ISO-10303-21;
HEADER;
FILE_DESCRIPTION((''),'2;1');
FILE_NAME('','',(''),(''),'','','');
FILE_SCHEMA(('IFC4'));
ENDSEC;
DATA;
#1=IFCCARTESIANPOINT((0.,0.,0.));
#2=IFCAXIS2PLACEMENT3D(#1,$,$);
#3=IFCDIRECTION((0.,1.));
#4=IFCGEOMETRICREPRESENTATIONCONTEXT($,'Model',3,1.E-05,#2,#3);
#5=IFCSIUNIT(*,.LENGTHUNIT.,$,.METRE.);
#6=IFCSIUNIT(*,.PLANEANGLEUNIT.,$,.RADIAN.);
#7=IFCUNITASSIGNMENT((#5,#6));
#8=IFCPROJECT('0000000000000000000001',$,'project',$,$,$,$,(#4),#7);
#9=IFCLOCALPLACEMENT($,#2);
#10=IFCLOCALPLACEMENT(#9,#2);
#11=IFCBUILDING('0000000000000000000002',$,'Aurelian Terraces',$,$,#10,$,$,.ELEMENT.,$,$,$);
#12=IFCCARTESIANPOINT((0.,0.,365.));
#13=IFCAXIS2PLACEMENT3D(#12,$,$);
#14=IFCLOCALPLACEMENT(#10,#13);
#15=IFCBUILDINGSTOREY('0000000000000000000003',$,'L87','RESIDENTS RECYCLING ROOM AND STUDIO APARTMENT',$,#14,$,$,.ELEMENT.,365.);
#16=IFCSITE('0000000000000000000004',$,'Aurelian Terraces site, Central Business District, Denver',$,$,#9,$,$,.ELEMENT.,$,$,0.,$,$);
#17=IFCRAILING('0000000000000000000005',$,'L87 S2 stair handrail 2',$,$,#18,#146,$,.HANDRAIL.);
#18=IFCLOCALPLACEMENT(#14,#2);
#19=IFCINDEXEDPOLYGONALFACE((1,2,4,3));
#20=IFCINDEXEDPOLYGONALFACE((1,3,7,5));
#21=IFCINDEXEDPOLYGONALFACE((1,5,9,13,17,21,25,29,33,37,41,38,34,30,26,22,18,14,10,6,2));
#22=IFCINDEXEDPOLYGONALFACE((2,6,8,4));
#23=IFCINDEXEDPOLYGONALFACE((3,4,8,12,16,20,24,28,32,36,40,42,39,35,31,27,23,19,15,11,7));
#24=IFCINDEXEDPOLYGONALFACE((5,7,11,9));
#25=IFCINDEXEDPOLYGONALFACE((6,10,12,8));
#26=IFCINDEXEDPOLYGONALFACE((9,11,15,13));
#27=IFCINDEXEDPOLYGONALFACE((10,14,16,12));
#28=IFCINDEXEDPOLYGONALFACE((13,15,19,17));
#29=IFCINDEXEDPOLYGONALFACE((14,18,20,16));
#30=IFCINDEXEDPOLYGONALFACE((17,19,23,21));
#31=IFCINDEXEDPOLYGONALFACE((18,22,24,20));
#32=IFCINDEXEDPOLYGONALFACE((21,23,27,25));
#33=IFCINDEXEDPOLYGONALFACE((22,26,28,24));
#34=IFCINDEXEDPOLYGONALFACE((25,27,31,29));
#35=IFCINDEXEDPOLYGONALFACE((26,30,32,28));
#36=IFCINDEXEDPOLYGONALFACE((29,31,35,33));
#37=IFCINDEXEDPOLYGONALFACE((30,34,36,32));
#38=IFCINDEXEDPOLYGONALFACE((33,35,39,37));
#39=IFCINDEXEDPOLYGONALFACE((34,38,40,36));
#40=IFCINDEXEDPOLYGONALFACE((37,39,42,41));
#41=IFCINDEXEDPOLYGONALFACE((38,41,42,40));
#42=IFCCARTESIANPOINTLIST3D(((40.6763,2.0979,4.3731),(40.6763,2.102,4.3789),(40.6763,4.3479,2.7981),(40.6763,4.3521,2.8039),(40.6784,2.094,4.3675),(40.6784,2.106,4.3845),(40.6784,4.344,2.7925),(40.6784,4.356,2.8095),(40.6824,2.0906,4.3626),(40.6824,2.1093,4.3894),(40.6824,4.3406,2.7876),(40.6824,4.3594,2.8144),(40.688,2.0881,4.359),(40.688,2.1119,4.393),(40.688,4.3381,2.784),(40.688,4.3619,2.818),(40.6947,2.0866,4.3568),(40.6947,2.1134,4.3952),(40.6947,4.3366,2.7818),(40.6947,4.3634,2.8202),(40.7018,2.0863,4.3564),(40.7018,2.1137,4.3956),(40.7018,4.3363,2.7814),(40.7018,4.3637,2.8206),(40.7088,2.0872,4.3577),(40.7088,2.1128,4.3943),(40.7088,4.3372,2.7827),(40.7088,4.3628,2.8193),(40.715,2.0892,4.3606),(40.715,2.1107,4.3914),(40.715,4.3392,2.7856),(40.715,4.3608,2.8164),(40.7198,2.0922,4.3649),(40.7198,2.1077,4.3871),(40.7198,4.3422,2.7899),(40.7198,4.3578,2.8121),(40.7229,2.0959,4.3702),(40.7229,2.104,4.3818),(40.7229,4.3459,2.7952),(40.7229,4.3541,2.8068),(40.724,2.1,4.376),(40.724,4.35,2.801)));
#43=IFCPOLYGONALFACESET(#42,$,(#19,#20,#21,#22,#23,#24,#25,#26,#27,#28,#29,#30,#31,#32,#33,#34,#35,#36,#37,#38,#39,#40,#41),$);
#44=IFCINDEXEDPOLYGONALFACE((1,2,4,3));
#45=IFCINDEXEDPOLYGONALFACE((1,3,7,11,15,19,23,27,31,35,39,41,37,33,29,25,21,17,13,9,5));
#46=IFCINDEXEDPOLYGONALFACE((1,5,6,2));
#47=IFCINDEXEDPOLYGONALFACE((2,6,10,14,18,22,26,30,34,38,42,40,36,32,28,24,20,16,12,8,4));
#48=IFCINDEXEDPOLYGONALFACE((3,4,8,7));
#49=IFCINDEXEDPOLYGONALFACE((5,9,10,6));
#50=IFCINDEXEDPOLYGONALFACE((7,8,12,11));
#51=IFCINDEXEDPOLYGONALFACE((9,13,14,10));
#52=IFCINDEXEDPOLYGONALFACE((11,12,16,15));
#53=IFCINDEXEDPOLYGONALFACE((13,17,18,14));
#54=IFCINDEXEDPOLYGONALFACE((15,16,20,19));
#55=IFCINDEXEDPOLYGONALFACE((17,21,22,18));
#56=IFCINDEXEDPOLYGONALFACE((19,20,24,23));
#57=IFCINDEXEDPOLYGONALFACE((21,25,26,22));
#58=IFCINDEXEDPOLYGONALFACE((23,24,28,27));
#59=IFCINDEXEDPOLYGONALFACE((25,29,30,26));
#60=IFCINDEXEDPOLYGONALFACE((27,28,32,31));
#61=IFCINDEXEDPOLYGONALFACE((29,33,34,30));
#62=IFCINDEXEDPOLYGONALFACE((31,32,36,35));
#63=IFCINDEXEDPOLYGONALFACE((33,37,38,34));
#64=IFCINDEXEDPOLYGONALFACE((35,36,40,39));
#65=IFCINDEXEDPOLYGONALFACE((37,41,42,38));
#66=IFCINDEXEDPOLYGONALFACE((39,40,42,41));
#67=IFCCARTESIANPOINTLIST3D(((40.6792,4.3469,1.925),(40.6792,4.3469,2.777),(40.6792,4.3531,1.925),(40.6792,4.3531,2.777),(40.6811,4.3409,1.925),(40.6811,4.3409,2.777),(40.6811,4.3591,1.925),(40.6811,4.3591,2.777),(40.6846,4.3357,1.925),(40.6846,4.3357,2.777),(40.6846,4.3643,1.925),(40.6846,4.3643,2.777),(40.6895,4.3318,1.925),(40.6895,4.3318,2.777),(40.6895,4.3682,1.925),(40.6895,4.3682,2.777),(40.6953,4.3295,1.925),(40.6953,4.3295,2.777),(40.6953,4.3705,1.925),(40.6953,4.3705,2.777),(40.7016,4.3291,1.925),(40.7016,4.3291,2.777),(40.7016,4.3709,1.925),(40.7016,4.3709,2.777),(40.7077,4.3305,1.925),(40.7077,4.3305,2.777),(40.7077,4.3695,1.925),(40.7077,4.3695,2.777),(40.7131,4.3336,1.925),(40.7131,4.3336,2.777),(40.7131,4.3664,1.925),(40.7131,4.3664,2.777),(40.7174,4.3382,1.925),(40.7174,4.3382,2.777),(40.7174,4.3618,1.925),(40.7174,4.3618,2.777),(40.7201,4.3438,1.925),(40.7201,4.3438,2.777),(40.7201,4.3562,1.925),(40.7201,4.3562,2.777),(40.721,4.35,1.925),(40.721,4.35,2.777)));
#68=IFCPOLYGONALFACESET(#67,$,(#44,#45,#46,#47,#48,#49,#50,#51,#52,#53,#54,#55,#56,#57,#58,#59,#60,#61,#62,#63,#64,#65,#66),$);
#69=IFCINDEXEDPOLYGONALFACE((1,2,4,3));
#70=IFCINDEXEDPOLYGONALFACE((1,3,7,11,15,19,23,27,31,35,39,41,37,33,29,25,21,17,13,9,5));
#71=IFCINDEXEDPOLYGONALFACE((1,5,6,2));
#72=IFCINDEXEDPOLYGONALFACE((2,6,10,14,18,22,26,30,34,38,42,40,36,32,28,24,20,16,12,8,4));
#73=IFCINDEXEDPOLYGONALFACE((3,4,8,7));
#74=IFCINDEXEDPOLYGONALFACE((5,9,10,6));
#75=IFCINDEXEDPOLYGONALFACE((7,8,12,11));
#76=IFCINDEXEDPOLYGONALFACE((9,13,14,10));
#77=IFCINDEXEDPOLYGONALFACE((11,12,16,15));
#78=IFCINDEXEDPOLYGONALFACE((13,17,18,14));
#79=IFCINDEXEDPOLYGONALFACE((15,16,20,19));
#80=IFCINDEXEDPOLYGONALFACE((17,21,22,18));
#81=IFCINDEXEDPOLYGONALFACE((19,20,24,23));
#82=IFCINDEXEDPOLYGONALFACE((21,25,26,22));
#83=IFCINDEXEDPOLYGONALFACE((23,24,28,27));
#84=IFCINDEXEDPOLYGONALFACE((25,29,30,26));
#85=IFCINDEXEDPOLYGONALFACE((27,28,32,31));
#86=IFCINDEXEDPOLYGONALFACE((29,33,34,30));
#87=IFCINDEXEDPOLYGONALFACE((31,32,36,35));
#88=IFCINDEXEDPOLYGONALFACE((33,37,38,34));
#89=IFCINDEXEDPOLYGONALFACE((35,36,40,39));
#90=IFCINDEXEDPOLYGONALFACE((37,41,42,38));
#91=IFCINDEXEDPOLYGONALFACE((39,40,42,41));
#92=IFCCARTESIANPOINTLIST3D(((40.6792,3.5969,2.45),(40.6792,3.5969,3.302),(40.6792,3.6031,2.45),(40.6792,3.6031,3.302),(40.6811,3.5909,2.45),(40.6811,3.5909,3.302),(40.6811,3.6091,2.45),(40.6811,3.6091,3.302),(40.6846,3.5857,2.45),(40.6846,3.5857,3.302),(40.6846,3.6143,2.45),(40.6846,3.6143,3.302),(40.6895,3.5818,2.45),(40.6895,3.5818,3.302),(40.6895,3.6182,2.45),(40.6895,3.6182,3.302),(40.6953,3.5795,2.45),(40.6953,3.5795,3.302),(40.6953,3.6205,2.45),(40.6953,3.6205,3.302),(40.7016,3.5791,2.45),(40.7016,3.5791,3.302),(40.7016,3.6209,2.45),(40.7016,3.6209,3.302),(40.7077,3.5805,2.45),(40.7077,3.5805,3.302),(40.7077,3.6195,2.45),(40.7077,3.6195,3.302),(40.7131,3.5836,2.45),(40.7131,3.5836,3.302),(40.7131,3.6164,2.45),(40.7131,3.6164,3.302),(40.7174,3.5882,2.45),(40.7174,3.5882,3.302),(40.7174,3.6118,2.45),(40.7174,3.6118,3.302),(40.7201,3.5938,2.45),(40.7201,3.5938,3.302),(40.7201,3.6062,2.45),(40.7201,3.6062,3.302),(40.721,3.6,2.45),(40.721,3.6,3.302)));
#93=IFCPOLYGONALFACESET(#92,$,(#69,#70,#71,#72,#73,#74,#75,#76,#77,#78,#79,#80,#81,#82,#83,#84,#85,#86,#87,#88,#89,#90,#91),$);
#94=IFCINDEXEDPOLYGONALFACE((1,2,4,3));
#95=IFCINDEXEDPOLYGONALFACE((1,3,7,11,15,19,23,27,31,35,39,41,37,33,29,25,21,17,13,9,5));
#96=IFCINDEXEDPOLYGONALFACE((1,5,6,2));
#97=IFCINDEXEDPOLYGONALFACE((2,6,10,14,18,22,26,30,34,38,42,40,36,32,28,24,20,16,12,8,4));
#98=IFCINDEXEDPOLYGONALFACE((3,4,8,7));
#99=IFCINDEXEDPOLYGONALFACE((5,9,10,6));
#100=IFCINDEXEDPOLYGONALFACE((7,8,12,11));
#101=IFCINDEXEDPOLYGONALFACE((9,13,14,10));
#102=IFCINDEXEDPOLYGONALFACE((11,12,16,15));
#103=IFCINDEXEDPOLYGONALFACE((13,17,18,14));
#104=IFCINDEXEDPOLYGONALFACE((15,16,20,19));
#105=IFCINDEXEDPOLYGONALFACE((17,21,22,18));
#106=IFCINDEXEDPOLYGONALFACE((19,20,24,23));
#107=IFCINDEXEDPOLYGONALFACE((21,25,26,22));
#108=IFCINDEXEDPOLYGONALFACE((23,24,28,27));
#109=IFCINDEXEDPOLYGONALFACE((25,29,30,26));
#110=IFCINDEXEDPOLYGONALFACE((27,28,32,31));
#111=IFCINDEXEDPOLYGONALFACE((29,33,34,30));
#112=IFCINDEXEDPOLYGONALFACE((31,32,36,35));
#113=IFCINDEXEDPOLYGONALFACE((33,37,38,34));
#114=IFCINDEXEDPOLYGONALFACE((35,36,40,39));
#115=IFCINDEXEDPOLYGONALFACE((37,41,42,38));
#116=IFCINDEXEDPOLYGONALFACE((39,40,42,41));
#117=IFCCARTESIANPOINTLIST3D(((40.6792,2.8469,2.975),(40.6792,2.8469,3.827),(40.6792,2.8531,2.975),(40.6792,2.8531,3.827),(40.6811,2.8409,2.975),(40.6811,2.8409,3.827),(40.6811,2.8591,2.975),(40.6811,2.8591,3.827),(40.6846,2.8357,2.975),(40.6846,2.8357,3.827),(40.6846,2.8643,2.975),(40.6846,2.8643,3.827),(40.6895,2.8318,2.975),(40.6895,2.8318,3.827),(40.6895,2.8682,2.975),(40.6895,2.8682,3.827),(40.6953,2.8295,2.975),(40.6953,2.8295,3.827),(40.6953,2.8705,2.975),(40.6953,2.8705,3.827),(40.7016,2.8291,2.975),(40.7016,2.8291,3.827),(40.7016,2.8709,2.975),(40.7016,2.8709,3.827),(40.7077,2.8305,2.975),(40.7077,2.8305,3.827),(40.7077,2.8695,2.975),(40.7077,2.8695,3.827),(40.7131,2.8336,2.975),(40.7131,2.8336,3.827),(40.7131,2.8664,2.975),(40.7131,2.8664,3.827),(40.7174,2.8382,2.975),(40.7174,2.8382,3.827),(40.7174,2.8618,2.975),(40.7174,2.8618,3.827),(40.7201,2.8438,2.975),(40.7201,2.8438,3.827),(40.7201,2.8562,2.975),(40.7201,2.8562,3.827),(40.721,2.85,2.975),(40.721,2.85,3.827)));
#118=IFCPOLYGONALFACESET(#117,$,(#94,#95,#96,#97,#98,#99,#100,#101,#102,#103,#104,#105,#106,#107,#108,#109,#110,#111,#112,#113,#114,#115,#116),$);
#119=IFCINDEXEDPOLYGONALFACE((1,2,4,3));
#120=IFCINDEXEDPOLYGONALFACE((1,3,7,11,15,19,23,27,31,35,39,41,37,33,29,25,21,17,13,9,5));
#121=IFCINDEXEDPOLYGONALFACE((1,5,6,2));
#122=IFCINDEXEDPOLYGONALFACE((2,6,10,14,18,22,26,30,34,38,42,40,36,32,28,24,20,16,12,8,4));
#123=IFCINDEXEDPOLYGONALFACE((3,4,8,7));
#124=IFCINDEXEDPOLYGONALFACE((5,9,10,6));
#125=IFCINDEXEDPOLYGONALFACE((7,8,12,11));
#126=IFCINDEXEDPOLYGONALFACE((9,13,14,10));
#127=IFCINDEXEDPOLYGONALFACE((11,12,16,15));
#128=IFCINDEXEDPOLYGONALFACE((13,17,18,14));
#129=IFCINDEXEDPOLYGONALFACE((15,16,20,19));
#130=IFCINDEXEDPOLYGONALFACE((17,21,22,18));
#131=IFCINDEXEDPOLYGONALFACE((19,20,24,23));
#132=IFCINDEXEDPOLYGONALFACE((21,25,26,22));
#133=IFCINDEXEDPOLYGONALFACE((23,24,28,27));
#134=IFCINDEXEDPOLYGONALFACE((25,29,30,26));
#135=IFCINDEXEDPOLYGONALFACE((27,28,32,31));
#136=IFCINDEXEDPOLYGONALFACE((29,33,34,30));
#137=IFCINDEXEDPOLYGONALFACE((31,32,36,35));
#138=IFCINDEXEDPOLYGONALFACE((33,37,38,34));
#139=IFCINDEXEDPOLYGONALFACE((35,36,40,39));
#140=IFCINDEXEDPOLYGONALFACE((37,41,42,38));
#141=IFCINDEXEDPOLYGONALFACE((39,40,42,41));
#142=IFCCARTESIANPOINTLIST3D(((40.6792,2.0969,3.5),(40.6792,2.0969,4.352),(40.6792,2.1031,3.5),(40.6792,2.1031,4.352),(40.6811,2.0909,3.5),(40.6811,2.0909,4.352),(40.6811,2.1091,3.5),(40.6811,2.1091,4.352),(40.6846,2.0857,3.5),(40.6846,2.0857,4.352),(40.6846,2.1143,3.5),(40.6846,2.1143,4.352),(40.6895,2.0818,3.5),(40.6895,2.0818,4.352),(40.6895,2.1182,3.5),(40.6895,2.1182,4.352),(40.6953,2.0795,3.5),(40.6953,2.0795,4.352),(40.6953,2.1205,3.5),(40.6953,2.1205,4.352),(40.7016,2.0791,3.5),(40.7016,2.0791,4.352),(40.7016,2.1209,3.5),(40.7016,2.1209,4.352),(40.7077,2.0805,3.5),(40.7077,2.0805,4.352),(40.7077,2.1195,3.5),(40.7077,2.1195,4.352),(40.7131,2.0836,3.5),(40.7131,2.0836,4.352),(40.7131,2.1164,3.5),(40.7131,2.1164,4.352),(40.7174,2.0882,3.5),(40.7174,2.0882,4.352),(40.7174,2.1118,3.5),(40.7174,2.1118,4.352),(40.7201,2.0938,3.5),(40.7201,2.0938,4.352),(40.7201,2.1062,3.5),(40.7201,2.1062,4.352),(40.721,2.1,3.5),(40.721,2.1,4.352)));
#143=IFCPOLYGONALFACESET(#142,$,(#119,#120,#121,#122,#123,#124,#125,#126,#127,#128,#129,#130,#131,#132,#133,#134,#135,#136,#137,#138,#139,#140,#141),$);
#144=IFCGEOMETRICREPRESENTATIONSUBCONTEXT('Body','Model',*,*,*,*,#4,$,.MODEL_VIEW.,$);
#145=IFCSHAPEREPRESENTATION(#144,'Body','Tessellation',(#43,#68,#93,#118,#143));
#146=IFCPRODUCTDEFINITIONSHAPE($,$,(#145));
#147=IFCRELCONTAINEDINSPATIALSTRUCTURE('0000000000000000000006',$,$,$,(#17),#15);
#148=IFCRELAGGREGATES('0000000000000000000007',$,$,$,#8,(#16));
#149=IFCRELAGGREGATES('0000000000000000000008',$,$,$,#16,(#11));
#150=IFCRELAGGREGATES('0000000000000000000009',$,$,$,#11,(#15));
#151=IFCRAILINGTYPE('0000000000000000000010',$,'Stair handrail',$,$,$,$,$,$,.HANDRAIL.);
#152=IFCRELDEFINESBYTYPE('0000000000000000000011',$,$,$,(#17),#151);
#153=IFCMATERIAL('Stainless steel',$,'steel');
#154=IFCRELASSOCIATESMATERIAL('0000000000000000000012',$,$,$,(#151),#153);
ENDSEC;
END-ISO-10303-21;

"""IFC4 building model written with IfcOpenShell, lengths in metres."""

from ifc_helpers import new_model, si_unit, direction, frame, origin, origin_2d, place, context, subcontext, project, spatial, circle, extrude, source, transform, mapped, material, type_object, element, save


model = new_model("IFC4")

# Units and contexts
model_context = context("Model", 3, precision=1e-05, world=origin(), true_north=direction((0.0, 1.0)))
body_context = subcontext(model_context, "Body", "Model", "MODEL_VIEW")
ifc_project = project(units=[si_unit("LENGTHUNIT", "METRE"), si_unit("PLANEANGLEUNIT", "RADIAN")], contexts=[model_context])

# Site, building, storey
site_placement = place(None, origin())
site = spatial("IfcSite", under=ifc_project, at=site_placement, Name="Aurelian Terraces site, Central Business District, Denver", CompositionType="ELEMENT", RefElevation=0.0)
building_placement = place(site_placement, origin())
building = spatial("IfcBuilding", under=site, at=building_placement, Name="Aurelian Terraces", CompositionType="ELEMENT")
storey_placement = place(building_placement, frame((0.0, 0.0, 365.0)))
storey = spatial("IfcBuildingStorey", under=building, at=storey_placement, Name="L87", Description="RESIDENTS RECYCLING ROOM AND STUDIO APARTMENT", CompositionType="ELEMENT", Elevation=365.0)

# Railing
ifc_material_1 = material(Name="Stainless steel", Category="steel")
railing_type_1 = type_object("IfcRailingType", Name="Stair handrail", PredefinedType="HANDRAIL", material=ifc_material_1)
shared_shape_1 = source(origin(), body_context, "Body", "SweptSolid", [
    extrude(circle(Radius=0.024, at=origin_2d()), frame((0.0, 0.0, 0.876), z_axis=(0.0, -0.819232, 0.573462), x_axis=(1.0, 0.0, 0.0)), (0.0, 0.0, 1.0), 2.7465),
    extrude(circle(Radius=0.021, at=origin_2d()), origin(), (0.0, 0.0, 1.0), 0.852),
    extrude(circle(Radius=0.021, at=origin_2d()), frame((0.0, -0.75, 0.525)), (0.0, 0.0, 1.0), 0.852),
    extrude(circle(Radius=0.021, at=origin_2d()), frame((0.0, -1.5, 1.05)), (0.0, 0.0, 1.0), 0.852),
    extrude(circle(Radius=0.021, at=origin_2d()), frame((0.0, -2.25, 1.575)), (0.0, 0.0, 1.0), 0.852),
])
railing_1_placement = place(storey_placement, frame((40.7, 4.35, 1.925)))
element("IfcRailing", 1, at=railing_1_placement, inside=storey, type_object=railing_type_1, Name="L87 S2 stair handrail 2", PredefinedType="HANDRAIL", context=body_context, shape_type="MappedRepresentation", body=[
    mapped(shared_shape_1, transform((0.0, 0.0, 0.0), scale=1.0)),
])

save(model, "model.ifc")
